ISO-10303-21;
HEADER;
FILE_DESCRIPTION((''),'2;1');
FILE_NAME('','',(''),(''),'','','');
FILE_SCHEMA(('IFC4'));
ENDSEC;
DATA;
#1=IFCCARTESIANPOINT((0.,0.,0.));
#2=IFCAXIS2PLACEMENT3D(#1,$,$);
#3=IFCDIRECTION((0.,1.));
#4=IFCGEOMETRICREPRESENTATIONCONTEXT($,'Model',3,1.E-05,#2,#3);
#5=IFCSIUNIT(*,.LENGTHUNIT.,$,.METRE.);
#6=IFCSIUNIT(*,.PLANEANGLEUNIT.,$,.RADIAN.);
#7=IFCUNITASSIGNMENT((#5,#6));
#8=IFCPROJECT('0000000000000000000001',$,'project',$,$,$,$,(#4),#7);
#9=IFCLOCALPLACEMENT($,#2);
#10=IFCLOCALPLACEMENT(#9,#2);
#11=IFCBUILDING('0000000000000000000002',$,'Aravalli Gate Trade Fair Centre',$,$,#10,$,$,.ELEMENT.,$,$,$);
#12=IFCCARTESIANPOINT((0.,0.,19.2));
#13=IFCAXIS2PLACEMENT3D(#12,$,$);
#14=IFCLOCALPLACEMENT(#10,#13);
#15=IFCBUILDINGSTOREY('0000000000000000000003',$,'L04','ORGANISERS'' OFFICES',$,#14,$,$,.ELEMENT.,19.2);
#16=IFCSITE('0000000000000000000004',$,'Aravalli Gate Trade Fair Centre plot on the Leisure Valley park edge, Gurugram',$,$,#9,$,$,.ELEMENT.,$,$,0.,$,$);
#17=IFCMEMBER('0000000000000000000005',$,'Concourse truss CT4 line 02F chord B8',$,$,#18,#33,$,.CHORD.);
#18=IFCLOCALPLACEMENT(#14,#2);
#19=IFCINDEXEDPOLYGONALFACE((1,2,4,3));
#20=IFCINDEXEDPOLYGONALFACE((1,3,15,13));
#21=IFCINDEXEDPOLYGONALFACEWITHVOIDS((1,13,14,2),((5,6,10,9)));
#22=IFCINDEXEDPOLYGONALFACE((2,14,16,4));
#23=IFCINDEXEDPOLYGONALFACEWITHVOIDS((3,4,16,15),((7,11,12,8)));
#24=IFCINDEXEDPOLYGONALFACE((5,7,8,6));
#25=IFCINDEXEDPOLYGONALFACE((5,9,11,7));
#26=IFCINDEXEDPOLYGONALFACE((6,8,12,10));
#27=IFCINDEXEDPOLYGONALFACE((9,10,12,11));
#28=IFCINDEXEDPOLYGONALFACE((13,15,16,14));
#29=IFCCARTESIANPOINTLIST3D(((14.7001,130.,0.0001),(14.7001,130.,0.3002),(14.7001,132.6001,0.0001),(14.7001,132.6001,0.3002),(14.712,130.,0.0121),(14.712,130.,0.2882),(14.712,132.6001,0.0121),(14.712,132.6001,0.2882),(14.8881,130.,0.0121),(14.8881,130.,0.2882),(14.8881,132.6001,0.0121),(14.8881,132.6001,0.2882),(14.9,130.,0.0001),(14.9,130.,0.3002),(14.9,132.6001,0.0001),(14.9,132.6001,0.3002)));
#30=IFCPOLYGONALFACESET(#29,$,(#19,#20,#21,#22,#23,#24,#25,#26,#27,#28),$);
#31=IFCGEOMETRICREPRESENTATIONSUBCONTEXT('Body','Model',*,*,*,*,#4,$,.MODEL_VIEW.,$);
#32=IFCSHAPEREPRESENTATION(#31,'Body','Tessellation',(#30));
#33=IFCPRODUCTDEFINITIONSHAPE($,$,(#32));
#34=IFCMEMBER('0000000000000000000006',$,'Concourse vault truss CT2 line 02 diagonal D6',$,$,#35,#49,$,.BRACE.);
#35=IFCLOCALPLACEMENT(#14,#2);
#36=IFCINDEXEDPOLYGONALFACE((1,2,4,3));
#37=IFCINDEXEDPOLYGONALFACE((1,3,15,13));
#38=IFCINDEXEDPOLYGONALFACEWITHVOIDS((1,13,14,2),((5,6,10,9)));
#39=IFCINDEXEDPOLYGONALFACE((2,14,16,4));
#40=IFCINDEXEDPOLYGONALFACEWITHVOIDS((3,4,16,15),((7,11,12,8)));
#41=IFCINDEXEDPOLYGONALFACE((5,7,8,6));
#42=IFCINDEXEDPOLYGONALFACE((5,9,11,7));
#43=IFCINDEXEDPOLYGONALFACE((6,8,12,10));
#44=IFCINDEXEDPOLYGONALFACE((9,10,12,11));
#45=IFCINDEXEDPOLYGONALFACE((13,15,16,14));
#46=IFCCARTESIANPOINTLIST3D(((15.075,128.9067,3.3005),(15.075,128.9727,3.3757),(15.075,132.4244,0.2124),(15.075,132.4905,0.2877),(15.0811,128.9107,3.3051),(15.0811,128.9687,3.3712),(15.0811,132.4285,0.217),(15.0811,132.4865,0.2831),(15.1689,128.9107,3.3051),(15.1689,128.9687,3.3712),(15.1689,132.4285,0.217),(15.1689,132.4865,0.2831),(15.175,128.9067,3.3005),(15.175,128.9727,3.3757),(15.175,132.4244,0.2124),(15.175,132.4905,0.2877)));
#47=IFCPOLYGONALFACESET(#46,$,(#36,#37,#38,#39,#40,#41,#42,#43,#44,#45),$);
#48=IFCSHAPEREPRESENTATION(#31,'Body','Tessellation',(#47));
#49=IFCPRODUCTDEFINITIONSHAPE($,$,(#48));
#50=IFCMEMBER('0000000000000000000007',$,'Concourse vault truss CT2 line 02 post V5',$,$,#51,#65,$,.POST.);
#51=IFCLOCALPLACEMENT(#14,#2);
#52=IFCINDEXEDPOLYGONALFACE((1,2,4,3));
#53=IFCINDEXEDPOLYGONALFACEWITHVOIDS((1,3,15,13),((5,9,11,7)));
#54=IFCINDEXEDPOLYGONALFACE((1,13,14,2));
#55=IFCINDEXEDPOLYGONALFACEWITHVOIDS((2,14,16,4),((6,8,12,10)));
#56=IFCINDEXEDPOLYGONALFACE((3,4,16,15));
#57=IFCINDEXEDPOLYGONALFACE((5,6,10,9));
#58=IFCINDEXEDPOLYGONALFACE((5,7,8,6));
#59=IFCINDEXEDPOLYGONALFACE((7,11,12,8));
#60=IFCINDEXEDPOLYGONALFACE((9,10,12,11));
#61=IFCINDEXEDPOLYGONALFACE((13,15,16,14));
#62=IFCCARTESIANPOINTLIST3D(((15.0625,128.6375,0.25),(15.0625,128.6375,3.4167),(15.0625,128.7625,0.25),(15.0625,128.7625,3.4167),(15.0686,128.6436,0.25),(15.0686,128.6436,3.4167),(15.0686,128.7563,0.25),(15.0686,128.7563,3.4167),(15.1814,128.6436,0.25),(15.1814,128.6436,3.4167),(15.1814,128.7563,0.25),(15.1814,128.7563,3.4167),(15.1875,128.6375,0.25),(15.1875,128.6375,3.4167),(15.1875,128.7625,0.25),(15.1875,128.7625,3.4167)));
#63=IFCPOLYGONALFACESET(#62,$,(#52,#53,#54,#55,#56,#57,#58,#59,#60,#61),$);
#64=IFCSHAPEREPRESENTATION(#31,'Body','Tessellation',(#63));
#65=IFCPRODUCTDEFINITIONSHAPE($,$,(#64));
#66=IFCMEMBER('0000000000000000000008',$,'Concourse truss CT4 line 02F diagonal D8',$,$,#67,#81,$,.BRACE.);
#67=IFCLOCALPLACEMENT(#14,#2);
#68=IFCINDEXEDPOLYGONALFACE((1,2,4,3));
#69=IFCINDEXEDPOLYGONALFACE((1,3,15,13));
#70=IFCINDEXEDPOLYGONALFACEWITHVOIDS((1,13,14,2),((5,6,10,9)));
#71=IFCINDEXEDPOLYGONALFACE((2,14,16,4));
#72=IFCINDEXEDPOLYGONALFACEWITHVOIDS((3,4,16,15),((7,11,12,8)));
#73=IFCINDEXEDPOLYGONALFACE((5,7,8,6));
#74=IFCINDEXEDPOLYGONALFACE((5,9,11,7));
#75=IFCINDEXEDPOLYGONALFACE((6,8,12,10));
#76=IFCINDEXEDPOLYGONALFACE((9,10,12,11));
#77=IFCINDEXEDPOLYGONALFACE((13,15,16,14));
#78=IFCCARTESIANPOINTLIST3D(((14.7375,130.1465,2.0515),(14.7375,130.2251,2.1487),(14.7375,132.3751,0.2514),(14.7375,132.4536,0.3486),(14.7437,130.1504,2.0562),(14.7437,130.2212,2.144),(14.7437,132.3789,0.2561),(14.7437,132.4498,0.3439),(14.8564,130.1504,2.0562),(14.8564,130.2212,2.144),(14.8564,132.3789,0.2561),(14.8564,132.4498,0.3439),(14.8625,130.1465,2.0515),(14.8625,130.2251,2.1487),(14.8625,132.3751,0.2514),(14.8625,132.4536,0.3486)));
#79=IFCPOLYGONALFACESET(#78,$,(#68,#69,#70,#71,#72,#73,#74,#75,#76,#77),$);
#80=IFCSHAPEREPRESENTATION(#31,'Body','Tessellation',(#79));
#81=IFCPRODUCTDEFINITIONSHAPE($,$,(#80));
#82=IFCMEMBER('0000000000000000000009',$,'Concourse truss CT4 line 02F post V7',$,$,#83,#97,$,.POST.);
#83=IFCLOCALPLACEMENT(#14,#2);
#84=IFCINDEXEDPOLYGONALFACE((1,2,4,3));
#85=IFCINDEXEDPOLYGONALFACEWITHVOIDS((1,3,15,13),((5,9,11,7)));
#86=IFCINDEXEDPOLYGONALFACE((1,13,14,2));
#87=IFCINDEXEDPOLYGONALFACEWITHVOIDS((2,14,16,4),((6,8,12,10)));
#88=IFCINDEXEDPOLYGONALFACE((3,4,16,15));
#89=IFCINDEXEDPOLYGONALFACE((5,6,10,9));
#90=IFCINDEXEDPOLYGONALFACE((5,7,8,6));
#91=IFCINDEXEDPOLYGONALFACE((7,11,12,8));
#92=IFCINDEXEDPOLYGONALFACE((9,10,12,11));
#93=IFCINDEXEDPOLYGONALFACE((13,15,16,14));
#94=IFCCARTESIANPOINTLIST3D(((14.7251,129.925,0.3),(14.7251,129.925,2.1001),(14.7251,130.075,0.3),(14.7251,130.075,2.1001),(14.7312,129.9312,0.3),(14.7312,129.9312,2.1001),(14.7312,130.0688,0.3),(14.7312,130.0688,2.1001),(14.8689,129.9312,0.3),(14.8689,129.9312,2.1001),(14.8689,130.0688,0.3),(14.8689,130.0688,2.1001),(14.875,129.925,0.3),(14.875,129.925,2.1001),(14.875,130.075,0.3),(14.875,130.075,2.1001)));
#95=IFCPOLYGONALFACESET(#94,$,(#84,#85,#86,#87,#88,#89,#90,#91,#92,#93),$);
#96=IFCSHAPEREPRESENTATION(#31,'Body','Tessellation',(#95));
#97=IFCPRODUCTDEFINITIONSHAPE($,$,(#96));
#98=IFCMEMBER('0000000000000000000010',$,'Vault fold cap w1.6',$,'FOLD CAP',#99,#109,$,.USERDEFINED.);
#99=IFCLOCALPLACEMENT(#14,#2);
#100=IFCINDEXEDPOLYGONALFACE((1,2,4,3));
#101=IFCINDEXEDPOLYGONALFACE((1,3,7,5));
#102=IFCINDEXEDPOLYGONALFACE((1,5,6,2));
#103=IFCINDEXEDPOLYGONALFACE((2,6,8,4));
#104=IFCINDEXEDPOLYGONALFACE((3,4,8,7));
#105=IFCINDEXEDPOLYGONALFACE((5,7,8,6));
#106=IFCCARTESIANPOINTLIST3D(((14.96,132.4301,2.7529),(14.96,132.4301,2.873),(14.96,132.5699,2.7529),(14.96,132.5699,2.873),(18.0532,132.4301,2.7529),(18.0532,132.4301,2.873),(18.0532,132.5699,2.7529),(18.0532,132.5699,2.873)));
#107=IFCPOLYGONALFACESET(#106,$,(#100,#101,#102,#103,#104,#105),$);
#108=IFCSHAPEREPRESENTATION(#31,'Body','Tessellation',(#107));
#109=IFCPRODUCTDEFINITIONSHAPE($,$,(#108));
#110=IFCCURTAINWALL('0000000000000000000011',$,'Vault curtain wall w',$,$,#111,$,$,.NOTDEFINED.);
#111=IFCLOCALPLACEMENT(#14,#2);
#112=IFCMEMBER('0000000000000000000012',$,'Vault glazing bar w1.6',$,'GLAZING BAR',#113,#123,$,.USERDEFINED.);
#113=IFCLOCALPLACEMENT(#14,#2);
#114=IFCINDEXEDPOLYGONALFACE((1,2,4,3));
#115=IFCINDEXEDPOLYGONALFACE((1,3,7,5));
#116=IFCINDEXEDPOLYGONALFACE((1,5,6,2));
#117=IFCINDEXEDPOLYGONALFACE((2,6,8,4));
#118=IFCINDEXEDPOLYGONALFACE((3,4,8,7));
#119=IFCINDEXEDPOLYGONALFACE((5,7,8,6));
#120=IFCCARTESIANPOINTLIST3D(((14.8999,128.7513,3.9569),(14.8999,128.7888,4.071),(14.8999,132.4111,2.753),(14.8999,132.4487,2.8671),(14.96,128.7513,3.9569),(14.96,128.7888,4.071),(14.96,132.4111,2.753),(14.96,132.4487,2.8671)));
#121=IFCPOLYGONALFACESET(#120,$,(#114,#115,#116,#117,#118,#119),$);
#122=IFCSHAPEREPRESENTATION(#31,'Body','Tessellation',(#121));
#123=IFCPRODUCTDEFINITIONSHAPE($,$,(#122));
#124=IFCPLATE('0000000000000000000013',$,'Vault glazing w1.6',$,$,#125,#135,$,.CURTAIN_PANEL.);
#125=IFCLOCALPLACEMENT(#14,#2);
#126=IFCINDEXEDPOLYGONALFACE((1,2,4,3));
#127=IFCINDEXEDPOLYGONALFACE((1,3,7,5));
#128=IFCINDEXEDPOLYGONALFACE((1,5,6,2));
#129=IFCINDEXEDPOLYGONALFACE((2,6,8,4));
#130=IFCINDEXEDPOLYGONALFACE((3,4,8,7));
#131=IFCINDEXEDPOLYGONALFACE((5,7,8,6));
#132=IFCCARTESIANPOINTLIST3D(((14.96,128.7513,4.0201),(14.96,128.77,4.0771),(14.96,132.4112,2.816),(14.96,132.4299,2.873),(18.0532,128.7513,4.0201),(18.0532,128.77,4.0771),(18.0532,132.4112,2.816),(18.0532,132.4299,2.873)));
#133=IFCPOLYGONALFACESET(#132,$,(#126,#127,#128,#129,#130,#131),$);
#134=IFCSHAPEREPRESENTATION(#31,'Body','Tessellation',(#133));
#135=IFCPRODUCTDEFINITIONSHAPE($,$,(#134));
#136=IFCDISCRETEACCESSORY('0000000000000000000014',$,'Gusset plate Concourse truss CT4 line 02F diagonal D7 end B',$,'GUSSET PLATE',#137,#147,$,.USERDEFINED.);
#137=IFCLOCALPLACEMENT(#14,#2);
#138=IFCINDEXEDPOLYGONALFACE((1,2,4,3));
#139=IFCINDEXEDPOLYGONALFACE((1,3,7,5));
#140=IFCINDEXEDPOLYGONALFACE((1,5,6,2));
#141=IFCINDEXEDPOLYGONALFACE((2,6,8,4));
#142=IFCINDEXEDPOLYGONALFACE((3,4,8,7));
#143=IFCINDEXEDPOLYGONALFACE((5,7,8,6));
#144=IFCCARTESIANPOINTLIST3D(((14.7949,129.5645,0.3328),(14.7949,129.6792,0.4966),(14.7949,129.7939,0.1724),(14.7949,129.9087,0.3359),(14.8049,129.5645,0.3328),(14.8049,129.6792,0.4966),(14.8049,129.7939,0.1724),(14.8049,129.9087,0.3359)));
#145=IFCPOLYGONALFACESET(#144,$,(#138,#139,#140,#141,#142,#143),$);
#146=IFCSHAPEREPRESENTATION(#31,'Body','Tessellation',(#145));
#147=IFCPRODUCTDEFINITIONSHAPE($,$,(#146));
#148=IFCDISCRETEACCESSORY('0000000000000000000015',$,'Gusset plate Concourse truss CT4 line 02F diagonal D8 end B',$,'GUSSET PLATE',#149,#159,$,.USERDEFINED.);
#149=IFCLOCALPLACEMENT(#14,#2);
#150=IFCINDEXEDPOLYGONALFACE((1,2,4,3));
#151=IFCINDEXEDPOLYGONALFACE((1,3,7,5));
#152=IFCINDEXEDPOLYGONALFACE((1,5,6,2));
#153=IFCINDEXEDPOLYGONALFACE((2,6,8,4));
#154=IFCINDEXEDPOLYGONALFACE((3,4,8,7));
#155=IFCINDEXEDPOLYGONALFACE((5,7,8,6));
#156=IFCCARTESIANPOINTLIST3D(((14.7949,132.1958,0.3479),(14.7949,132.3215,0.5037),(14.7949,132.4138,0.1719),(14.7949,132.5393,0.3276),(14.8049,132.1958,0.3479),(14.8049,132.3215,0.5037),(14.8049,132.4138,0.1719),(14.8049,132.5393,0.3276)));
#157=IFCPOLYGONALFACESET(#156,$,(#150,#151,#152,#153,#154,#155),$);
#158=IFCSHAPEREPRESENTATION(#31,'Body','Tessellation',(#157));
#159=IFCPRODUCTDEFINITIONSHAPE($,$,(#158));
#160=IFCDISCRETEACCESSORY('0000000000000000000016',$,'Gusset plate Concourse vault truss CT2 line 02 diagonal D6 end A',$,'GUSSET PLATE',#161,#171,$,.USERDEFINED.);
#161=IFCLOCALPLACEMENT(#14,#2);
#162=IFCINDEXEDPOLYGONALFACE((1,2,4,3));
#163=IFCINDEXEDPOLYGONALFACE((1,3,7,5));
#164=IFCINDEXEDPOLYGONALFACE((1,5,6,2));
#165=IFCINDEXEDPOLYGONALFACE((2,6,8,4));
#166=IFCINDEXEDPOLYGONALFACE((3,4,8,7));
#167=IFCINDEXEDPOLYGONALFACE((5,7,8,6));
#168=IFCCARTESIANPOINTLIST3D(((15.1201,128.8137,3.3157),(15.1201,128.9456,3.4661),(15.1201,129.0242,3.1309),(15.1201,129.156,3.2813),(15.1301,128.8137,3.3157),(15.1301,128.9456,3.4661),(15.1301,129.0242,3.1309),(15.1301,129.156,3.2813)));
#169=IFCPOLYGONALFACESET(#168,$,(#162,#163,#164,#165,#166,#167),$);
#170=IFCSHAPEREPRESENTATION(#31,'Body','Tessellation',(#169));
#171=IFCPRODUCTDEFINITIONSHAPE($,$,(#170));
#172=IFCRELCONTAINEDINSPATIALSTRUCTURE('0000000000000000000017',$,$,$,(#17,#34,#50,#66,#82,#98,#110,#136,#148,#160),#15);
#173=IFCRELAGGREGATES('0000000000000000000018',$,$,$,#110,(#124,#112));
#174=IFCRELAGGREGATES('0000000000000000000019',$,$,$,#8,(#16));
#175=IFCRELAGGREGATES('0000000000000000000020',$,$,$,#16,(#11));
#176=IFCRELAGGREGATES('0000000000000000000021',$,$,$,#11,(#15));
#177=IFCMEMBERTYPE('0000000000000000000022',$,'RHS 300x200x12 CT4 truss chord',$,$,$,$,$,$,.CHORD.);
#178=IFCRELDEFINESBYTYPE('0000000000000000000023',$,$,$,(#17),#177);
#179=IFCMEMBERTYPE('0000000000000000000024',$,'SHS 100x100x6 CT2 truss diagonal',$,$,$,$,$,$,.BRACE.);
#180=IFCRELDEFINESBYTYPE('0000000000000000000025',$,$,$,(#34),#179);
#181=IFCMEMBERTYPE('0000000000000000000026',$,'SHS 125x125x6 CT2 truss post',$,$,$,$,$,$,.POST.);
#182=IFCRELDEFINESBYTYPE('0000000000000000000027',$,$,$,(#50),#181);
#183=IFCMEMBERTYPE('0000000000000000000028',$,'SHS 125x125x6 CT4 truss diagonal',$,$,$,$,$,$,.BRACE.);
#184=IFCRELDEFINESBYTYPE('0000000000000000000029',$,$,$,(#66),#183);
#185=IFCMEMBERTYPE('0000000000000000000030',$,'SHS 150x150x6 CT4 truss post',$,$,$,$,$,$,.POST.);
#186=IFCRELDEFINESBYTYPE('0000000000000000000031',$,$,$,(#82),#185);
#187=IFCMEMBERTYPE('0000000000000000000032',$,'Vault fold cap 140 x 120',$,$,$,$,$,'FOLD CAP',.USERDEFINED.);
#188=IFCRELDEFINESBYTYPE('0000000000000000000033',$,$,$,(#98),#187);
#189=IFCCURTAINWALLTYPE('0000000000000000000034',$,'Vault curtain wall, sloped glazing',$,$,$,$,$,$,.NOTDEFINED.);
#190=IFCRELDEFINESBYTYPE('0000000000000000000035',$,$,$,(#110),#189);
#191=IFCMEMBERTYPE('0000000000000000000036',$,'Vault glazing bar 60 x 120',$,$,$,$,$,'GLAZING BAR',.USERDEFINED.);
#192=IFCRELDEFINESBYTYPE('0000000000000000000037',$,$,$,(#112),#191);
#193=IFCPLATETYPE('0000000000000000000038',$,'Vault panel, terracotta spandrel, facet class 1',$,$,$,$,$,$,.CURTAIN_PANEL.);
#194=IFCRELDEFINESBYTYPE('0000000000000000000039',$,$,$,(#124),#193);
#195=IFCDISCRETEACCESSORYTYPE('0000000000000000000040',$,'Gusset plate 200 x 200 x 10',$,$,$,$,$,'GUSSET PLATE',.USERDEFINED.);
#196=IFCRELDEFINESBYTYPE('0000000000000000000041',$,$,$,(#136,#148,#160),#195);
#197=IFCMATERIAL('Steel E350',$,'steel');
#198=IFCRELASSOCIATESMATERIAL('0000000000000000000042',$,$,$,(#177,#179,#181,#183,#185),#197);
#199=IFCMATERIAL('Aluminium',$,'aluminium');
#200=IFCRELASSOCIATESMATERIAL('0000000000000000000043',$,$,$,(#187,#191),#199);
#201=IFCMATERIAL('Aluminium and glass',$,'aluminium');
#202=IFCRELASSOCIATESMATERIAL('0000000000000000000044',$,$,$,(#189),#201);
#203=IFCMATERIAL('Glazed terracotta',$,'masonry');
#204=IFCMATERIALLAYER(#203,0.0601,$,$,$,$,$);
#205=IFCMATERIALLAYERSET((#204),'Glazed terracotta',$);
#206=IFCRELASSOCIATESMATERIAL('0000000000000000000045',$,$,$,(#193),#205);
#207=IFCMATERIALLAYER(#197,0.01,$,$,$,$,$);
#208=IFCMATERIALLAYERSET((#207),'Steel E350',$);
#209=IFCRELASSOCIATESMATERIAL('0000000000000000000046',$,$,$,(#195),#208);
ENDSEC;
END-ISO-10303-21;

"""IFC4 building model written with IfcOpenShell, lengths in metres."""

from ifc_helpers import new_model, si_unit, direction, frame, origin, origin_2d, place, context, subcontext, project, spatial, polyline, rectangle, hollow_rectangle, outline, extrude, material, layer, layer_set, material_profile, profile_set, type_object, element, aggregate, save


model = new_model("IFC4")

# Units and contexts
model_context = context("Model", 3, precision=1e-05, world=origin(), true_north=direction((0.0, 1.0)))
body_context = subcontext(model_context, "Body", "Model", "MODEL_VIEW")
ifc_project = project(units=[si_unit("LENGTHUNIT", "METRE"), si_unit("PLANEANGLEUNIT", "RADIAN")], contexts=[model_context])

# Site, building, storey
site_placement = place(None, origin())
site = spatial("IfcSite", under=ifc_project, at=site_placement, Name="Aravalli Gate Trade Fair Centre plot on the Leisure Valley park edge, Gurugram", CompositionType="ELEMENT", RefElevation=0.0)
building_placement = place(site_placement, origin())
building = spatial("IfcBuilding", under=site, at=building_placement, Name="Aravalli Gate Trade Fair Centre", CompositionType="ELEMENT")
storey_placement = place(building_placement, frame((0.0, 0.0, 19.2)))
storey = spatial("IfcBuildingStorey", under=building, at=storey_placement, Name="L04", Description="ORGANISERS' OFFICES", CompositionType="ELEMENT", Elevation=19.2)

# Shared definitions
ifc_material_1 = material(Name="Steel E350", Category="steel")

# Shared definitions
ifc_material_2 = material(Name="Aluminium and glass", Category="aluminium")
ifc_material_3 = material(Name="Aluminium", Category="aluminium")

# Members
ifc_material_profile_1 = material_profile(ifc_material_1, hollow_rectangle(XDim=0.2, YDim=0.3, WallThickness=0.012, at=origin_2d()), Name="RHS 300x200x12")
ifc_profile_set_1 = profile_set([ifc_material_profile_1], Name="Steel E350")
member_type_1 = type_object("IfcMemberType", Name="RHS 300x200x12 CT4 truss chord", PredefinedType="CHORD", material=ifc_profile_set_1)
for number, where, z_axis, x_axis, name in (
    (1, (14.8, 130.0, 0.1501), (0.0, 1.0, 0.0), (-1.0, 0.0, 0.0), "Concourse truss CT4 line 02F chord B8"),
):
    element("IfcMember", number, at=place(storey_placement, frame(where, z_axis=z_axis, x_axis=x_axis)), inside=storey, type_object=member_type_1, Name=name, PredefinedType="CHORD", context=body_context, shape_type="SweptSolid", body=[
        extrude(hollow_rectangle(XDim=0.2, YDim=0.3, WallThickness=0.012, at=origin_2d()), origin(), (0.0, 0.0, 1.0), 2.6001),
    ])
ifc_material_profile_2 = material_profile(ifc_material_1, hollow_rectangle(XDim=0.1001, YDim=0.1001, WallThickness=0.0061, at=origin_2d()), Name="SHS 100x100x6")
ifc_profile_set_2 = profile_set([ifc_material_profile_2], Name="Steel E350")
member_type_2 = type_object("IfcMemberType", Name="SHS 100x100x6 CT2 truss diagonal", PredefinedType="BRACE", material=ifc_profile_set_2)
member_1_placement = place(storey_placement, frame((15.125, 128.9397, 3.3381), z_axis=(0.0, 0.751513, -0.659719), x_axis=(-1.0, 0.0, 0.0)))
element("IfcMember", 2, at=member_1_placement, inside=storey, type_object=member_type_2, Name="Concourse vault truss CT2 line 02 diagonal D6", PredefinedType="BRACE", context=body_context, shape_type="SweptSolid", body=[
    extrude(hollow_rectangle(XDim=0.1001, YDim=0.1001, WallThickness=0.0061, at=origin_2d()), origin(), (0.0, 0.0, 1.0), 4.6809),
])
ifc_material_profile_3 = material_profile(ifc_material_1, hollow_rectangle(XDim=0.125, YDim=0.125, WallThickness=0.0061, at=origin_2d()), Name="SHS 125x125x6")
ifc_profile_set_3 = profile_set([ifc_material_profile_3], Name="Steel E350")
member_type_3 = type_object("IfcMemberType", Name="SHS 125x125x6 CT2 truss post", PredefinedType="POST", material=ifc_profile_set_3)
member_2_placement = place(storey_placement, frame((15.125, 128.7, 0.25), z_axis=(0.0, 0.0, 1.0), x_axis=(1.0, 0.0, 0.0)))
element("IfcMember", 3, at=member_2_placement, inside=storey, type_object=member_type_3, Name="Concourse vault truss CT2 line 02 post V5", PredefinedType="POST", context=body_context, shape_type="SweptSolid", body=[
    extrude(hollow_rectangle(XDim=0.125, YDim=0.125, WallThickness=0.0061, at=origin_2d()), origin(), (0.0, 0.0, 1.0), 3.1667),
])
ifc_material_profile_4 = material_profile(ifc_material_1, hollow_rectangle(XDim=0.125, YDim=0.125, WallThickness=0.0061, at=origin_2d()), Name="SHS 125x125x6")
ifc_profile_set_4 = profile_set([ifc_material_profile_4], Name="Steel E350")
member_type_4 = type_object("IfcMemberType", Name="SHS 125x125x6 CT4 truss diagonal", PredefinedType="BRACE", material=ifc_profile_set_4)
member_3_placement = place(storey_placement, frame((14.8, 130.1858, 2.1001), z_axis=(0.0, 0.777925, -0.628357), x_axis=(-1.0, 0.0, 0.0)))
element("IfcMember", 4, at=member_3_placement, inside=storey, type_object=member_type_4, Name="Concourse truss CT4 line 02F diagonal D8", PredefinedType="BRACE", context=body_context, shape_type="SweptSolid", body=[
    extrude(hollow_rectangle(XDim=0.125, YDim=0.125, WallThickness=0.0061, at=origin_2d()), origin(), (0.0, 0.0, 1.0), 2.8647),
])
ifc_material_profile_5 = material_profile(ifc_material_1, hollow_rectangle(XDim=0.1499, YDim=0.1499, WallThickness=0.0061, at=origin_2d()), Name="SHS 150x150x6")
ifc_profile_set_5 = profile_set([ifc_material_profile_5], Name="Steel E350")
member_type_5 = type_object("IfcMemberType", Name="SHS 150x150x6 CT4 truss post", PredefinedType="POST", material=ifc_profile_set_5)
member_4_placement = place(storey_placement, frame((14.8, 130.0, 0.3), z_axis=(0.0, 0.0, 1.0), x_axis=(1.0, 0.0, 0.0)))
element("IfcMember", 5, at=member_4_placement, inside=storey, type_object=member_type_5, Name="Concourse truss CT4 line 02F post V7", PredefinedType="POST", context=body_context, shape_type="SweptSolid", body=[
    extrude(hollow_rectangle(XDim=0.1499, YDim=0.1499, WallThickness=0.0061, at=origin_2d()), origin(), (0.0, 0.0, 1.0), 1.8),
])
ifc_material_profile_6 = material_profile(ifc_material_3, rectangle(XDim=0.1399, YDim=0.1201, at=origin_2d()), Name="Vault fold cap 140 x 120")
ifc_profile_set_6 = profile_set([ifc_material_profile_6], Name="Aluminium")
member_type_6 = type_object("IfcMemberType", Name="Vault fold cap 140 x 120", ElementType="FOLD CAP", PredefinedType="USERDEFINED", material=ifc_profile_set_6)
member_5_placement = place(storey_placement, frame((14.96, 132.5, 2.813), z_axis=(1.0, 0.0, 0.0), x_axis=(0.0, 1.0, 0.0)))
element("IfcMember", 6, at=member_5_placement, inside=storey, type_object=member_type_6, Name="Vault fold cap w1.6", ObjectType="FOLD CAP", PredefinedType="USERDEFINED", context=body_context, shape_type="SweptSolid", body=[
    extrude(rectangle(XDim=0.1399, YDim=0.1201, at=origin_2d()), origin(), (0.0, 0.0, 1.0), 3.0933),
])

# Curtain wall, member, plate
curtain_wall_type_1 = type_object("IfcCurtainWallType", Name="Vault curtain wall, sloped glazing", PredefinedType="NOTDEFINED", material=ifc_material_2)
curtain_wall_1_placement = place(storey_placement, origin())
curtain_wall_1 = element("IfcCurtainWall", 7, at=curtain_wall_1_placement, inside=storey, type_object=curtain_wall_type_1, Name="Vault curtain wall w", PredefinedType="NOTDEFINED")
ifc_material_profile_7 = material_profile(ifc_material_3, rectangle(XDim=0.0601, YDim=0.1201, at=origin_2d()), Name="Vault glazing bar 60 x 120")
ifc_profile_set_7 = profile_set([ifc_material_profile_7], Name="Aluminium")
member_type_7 = type_object("IfcMemberType", Name="Vault glazing bar 60 x 120", ElementType="GLAZING BAR", PredefinedType="USERDEFINED", material=ifc_profile_set_7)
member_6_placement = place(storey_placement, frame((14.9299, 128.77, 4.0139), z_axis=(0.0, 0.94993, -0.312461), x_axis=(-1.0, 0.0, 0.0)))
member_6 = element("IfcMember", 8, at=member_6_placement, type_object=member_type_7, Name="Vault glazing bar w1.6", ObjectType="GLAZING BAR", PredefinedType="USERDEFINED", context=body_context, shape_type="SweptSolid", body=[
    extrude(rectangle(XDim=0.0601, YDim=0.1201, at=origin_2d()), origin(), (0.0, 0.0, 1.0), 3.8528),
])
ifc_material_4 = material(Name="Glazed terracotta", Category="masonry")
ifc_layer_1 = layer(ifc_material_4, 0.0601)
ifc_layer_set_1 = layer_set([ifc_layer_1], Name="Glazed terracotta")
plate_type = type_object("IfcPlateType", Name="Vault panel, terracotta spandrel, facet class 1", PredefinedType="CURTAIN_PANEL", material=ifc_layer_set_1)
plate_placement = place(storey_placement, frame((14.96, 128.77, 4.0771), z_axis=(0.0, 0.312518, 0.949912), x_axis=(1.0, 0.0, 0.0)))
plate = element("IfcPlate", 9, at=plate_placement, type_object=plate_type, Name="Vault glazing w1.6", PredefinedType="CURTAIN_PANEL", context=body_context, shape_type="SweptSolid", body=[
    extrude(outline(polyline([(0.0, 0.0), (3.0933, 0.0), (3.0933, 3.8529), (0.0, 3.8529), (0.0, 0.0)])), origin(), (0.0, 0.0, -1.0), 0.0601),
])
aggregate(curtain_wall_1, [plate, member_6])

# Discrete accessories
ifc_layer_2 = layer(ifc_material_1, 0.01)
ifc_layer_set_2 = layer_set([ifc_layer_2], Name="Steel E350")
discrete_accessory_type = type_object("IfcDiscreteAccessoryType", Name="Gusset plate 200 x 200 x 10", ElementType="GUSSET PLATE", PredefinedType="USERDEFINED", material=ifc_layer_set_2)
discrete_accessory_1_placement = place(storey_placement, frame((14.8049, 129.5645, 0.3328), z_axis=(1.0, 0.0, 0.0), x_axis=(0.0, 0.819641, -0.572877)))
element("IfcDiscreteAccessory", 10, at=discrete_accessory_1_placement, inside=storey, type_object=discrete_accessory_type, Name="Gusset plate Concourse truss CT4 line 02F diagonal D7 end B", ObjectType="GUSSET PLATE", PredefinedType="USERDEFINED", context=body_context, shape_type="SweptSolid", body=[
    extrude(outline(polyline([(0.0, 0.0), (0.28, 0.0), (0.2803, 0.1998), (0.0002, 0.2), (0.0, 0.0)])), origin(), (0.0, 0.0, -1.0), 0.01),
])
discrete_accessory_2_placement = place(storey_placement, frame((14.8049, 132.1958, 0.3479), z_axis=(1.0, 0.0, 0.0), x_axis=(0.0, 0.778056, -0.628195)))
element("IfcDiscreteAccessory", 11, at=discrete_accessory_2_placement, inside=storey, type_object=discrete_accessory_type, Name="Gusset plate Concourse truss CT4 line 02F diagonal D8 end B", ObjectType="GUSSET PLATE", PredefinedType="USERDEFINED", context=body_context, shape_type="SweptSolid", body=[
    extrude(outline(polyline([(0.0, 0.0), (0.2802, 0.0), (0.28, 0.2), (0.0, 0.2002), (0.0, 0.0)])), origin(), (0.0, 0.0, -1.0), 0.01),
])
discrete_accessory_3_placement = place(storey_placement, frame((15.1201, 129.0242, 3.1309), z_axis=(-1.0, 0.0, 0.0), x_axis=(0.0, -0.751388, 0.659861)))
element("IfcDiscreteAccessory", 12, at=discrete_accessory_3_placement, inside=storey, type_object=discrete_accessory_type, Name="Gusset plate Concourse vault truss CT2 line 02 diagonal D6 end A", ObjectType="GUSSET PLATE", PredefinedType="USERDEFINED", context=body_context, shape_type="SweptSolid", body=[
    extrude(outline(polyline([(0.0, 0.0), (0.2801, 0.0), (0.2803, 0.2), (0.0002, 0.2), (0.0, 0.0)])), origin(), (0.0, 0.0, -1.0), 0.01),
])

save(model, "model.ifc")
